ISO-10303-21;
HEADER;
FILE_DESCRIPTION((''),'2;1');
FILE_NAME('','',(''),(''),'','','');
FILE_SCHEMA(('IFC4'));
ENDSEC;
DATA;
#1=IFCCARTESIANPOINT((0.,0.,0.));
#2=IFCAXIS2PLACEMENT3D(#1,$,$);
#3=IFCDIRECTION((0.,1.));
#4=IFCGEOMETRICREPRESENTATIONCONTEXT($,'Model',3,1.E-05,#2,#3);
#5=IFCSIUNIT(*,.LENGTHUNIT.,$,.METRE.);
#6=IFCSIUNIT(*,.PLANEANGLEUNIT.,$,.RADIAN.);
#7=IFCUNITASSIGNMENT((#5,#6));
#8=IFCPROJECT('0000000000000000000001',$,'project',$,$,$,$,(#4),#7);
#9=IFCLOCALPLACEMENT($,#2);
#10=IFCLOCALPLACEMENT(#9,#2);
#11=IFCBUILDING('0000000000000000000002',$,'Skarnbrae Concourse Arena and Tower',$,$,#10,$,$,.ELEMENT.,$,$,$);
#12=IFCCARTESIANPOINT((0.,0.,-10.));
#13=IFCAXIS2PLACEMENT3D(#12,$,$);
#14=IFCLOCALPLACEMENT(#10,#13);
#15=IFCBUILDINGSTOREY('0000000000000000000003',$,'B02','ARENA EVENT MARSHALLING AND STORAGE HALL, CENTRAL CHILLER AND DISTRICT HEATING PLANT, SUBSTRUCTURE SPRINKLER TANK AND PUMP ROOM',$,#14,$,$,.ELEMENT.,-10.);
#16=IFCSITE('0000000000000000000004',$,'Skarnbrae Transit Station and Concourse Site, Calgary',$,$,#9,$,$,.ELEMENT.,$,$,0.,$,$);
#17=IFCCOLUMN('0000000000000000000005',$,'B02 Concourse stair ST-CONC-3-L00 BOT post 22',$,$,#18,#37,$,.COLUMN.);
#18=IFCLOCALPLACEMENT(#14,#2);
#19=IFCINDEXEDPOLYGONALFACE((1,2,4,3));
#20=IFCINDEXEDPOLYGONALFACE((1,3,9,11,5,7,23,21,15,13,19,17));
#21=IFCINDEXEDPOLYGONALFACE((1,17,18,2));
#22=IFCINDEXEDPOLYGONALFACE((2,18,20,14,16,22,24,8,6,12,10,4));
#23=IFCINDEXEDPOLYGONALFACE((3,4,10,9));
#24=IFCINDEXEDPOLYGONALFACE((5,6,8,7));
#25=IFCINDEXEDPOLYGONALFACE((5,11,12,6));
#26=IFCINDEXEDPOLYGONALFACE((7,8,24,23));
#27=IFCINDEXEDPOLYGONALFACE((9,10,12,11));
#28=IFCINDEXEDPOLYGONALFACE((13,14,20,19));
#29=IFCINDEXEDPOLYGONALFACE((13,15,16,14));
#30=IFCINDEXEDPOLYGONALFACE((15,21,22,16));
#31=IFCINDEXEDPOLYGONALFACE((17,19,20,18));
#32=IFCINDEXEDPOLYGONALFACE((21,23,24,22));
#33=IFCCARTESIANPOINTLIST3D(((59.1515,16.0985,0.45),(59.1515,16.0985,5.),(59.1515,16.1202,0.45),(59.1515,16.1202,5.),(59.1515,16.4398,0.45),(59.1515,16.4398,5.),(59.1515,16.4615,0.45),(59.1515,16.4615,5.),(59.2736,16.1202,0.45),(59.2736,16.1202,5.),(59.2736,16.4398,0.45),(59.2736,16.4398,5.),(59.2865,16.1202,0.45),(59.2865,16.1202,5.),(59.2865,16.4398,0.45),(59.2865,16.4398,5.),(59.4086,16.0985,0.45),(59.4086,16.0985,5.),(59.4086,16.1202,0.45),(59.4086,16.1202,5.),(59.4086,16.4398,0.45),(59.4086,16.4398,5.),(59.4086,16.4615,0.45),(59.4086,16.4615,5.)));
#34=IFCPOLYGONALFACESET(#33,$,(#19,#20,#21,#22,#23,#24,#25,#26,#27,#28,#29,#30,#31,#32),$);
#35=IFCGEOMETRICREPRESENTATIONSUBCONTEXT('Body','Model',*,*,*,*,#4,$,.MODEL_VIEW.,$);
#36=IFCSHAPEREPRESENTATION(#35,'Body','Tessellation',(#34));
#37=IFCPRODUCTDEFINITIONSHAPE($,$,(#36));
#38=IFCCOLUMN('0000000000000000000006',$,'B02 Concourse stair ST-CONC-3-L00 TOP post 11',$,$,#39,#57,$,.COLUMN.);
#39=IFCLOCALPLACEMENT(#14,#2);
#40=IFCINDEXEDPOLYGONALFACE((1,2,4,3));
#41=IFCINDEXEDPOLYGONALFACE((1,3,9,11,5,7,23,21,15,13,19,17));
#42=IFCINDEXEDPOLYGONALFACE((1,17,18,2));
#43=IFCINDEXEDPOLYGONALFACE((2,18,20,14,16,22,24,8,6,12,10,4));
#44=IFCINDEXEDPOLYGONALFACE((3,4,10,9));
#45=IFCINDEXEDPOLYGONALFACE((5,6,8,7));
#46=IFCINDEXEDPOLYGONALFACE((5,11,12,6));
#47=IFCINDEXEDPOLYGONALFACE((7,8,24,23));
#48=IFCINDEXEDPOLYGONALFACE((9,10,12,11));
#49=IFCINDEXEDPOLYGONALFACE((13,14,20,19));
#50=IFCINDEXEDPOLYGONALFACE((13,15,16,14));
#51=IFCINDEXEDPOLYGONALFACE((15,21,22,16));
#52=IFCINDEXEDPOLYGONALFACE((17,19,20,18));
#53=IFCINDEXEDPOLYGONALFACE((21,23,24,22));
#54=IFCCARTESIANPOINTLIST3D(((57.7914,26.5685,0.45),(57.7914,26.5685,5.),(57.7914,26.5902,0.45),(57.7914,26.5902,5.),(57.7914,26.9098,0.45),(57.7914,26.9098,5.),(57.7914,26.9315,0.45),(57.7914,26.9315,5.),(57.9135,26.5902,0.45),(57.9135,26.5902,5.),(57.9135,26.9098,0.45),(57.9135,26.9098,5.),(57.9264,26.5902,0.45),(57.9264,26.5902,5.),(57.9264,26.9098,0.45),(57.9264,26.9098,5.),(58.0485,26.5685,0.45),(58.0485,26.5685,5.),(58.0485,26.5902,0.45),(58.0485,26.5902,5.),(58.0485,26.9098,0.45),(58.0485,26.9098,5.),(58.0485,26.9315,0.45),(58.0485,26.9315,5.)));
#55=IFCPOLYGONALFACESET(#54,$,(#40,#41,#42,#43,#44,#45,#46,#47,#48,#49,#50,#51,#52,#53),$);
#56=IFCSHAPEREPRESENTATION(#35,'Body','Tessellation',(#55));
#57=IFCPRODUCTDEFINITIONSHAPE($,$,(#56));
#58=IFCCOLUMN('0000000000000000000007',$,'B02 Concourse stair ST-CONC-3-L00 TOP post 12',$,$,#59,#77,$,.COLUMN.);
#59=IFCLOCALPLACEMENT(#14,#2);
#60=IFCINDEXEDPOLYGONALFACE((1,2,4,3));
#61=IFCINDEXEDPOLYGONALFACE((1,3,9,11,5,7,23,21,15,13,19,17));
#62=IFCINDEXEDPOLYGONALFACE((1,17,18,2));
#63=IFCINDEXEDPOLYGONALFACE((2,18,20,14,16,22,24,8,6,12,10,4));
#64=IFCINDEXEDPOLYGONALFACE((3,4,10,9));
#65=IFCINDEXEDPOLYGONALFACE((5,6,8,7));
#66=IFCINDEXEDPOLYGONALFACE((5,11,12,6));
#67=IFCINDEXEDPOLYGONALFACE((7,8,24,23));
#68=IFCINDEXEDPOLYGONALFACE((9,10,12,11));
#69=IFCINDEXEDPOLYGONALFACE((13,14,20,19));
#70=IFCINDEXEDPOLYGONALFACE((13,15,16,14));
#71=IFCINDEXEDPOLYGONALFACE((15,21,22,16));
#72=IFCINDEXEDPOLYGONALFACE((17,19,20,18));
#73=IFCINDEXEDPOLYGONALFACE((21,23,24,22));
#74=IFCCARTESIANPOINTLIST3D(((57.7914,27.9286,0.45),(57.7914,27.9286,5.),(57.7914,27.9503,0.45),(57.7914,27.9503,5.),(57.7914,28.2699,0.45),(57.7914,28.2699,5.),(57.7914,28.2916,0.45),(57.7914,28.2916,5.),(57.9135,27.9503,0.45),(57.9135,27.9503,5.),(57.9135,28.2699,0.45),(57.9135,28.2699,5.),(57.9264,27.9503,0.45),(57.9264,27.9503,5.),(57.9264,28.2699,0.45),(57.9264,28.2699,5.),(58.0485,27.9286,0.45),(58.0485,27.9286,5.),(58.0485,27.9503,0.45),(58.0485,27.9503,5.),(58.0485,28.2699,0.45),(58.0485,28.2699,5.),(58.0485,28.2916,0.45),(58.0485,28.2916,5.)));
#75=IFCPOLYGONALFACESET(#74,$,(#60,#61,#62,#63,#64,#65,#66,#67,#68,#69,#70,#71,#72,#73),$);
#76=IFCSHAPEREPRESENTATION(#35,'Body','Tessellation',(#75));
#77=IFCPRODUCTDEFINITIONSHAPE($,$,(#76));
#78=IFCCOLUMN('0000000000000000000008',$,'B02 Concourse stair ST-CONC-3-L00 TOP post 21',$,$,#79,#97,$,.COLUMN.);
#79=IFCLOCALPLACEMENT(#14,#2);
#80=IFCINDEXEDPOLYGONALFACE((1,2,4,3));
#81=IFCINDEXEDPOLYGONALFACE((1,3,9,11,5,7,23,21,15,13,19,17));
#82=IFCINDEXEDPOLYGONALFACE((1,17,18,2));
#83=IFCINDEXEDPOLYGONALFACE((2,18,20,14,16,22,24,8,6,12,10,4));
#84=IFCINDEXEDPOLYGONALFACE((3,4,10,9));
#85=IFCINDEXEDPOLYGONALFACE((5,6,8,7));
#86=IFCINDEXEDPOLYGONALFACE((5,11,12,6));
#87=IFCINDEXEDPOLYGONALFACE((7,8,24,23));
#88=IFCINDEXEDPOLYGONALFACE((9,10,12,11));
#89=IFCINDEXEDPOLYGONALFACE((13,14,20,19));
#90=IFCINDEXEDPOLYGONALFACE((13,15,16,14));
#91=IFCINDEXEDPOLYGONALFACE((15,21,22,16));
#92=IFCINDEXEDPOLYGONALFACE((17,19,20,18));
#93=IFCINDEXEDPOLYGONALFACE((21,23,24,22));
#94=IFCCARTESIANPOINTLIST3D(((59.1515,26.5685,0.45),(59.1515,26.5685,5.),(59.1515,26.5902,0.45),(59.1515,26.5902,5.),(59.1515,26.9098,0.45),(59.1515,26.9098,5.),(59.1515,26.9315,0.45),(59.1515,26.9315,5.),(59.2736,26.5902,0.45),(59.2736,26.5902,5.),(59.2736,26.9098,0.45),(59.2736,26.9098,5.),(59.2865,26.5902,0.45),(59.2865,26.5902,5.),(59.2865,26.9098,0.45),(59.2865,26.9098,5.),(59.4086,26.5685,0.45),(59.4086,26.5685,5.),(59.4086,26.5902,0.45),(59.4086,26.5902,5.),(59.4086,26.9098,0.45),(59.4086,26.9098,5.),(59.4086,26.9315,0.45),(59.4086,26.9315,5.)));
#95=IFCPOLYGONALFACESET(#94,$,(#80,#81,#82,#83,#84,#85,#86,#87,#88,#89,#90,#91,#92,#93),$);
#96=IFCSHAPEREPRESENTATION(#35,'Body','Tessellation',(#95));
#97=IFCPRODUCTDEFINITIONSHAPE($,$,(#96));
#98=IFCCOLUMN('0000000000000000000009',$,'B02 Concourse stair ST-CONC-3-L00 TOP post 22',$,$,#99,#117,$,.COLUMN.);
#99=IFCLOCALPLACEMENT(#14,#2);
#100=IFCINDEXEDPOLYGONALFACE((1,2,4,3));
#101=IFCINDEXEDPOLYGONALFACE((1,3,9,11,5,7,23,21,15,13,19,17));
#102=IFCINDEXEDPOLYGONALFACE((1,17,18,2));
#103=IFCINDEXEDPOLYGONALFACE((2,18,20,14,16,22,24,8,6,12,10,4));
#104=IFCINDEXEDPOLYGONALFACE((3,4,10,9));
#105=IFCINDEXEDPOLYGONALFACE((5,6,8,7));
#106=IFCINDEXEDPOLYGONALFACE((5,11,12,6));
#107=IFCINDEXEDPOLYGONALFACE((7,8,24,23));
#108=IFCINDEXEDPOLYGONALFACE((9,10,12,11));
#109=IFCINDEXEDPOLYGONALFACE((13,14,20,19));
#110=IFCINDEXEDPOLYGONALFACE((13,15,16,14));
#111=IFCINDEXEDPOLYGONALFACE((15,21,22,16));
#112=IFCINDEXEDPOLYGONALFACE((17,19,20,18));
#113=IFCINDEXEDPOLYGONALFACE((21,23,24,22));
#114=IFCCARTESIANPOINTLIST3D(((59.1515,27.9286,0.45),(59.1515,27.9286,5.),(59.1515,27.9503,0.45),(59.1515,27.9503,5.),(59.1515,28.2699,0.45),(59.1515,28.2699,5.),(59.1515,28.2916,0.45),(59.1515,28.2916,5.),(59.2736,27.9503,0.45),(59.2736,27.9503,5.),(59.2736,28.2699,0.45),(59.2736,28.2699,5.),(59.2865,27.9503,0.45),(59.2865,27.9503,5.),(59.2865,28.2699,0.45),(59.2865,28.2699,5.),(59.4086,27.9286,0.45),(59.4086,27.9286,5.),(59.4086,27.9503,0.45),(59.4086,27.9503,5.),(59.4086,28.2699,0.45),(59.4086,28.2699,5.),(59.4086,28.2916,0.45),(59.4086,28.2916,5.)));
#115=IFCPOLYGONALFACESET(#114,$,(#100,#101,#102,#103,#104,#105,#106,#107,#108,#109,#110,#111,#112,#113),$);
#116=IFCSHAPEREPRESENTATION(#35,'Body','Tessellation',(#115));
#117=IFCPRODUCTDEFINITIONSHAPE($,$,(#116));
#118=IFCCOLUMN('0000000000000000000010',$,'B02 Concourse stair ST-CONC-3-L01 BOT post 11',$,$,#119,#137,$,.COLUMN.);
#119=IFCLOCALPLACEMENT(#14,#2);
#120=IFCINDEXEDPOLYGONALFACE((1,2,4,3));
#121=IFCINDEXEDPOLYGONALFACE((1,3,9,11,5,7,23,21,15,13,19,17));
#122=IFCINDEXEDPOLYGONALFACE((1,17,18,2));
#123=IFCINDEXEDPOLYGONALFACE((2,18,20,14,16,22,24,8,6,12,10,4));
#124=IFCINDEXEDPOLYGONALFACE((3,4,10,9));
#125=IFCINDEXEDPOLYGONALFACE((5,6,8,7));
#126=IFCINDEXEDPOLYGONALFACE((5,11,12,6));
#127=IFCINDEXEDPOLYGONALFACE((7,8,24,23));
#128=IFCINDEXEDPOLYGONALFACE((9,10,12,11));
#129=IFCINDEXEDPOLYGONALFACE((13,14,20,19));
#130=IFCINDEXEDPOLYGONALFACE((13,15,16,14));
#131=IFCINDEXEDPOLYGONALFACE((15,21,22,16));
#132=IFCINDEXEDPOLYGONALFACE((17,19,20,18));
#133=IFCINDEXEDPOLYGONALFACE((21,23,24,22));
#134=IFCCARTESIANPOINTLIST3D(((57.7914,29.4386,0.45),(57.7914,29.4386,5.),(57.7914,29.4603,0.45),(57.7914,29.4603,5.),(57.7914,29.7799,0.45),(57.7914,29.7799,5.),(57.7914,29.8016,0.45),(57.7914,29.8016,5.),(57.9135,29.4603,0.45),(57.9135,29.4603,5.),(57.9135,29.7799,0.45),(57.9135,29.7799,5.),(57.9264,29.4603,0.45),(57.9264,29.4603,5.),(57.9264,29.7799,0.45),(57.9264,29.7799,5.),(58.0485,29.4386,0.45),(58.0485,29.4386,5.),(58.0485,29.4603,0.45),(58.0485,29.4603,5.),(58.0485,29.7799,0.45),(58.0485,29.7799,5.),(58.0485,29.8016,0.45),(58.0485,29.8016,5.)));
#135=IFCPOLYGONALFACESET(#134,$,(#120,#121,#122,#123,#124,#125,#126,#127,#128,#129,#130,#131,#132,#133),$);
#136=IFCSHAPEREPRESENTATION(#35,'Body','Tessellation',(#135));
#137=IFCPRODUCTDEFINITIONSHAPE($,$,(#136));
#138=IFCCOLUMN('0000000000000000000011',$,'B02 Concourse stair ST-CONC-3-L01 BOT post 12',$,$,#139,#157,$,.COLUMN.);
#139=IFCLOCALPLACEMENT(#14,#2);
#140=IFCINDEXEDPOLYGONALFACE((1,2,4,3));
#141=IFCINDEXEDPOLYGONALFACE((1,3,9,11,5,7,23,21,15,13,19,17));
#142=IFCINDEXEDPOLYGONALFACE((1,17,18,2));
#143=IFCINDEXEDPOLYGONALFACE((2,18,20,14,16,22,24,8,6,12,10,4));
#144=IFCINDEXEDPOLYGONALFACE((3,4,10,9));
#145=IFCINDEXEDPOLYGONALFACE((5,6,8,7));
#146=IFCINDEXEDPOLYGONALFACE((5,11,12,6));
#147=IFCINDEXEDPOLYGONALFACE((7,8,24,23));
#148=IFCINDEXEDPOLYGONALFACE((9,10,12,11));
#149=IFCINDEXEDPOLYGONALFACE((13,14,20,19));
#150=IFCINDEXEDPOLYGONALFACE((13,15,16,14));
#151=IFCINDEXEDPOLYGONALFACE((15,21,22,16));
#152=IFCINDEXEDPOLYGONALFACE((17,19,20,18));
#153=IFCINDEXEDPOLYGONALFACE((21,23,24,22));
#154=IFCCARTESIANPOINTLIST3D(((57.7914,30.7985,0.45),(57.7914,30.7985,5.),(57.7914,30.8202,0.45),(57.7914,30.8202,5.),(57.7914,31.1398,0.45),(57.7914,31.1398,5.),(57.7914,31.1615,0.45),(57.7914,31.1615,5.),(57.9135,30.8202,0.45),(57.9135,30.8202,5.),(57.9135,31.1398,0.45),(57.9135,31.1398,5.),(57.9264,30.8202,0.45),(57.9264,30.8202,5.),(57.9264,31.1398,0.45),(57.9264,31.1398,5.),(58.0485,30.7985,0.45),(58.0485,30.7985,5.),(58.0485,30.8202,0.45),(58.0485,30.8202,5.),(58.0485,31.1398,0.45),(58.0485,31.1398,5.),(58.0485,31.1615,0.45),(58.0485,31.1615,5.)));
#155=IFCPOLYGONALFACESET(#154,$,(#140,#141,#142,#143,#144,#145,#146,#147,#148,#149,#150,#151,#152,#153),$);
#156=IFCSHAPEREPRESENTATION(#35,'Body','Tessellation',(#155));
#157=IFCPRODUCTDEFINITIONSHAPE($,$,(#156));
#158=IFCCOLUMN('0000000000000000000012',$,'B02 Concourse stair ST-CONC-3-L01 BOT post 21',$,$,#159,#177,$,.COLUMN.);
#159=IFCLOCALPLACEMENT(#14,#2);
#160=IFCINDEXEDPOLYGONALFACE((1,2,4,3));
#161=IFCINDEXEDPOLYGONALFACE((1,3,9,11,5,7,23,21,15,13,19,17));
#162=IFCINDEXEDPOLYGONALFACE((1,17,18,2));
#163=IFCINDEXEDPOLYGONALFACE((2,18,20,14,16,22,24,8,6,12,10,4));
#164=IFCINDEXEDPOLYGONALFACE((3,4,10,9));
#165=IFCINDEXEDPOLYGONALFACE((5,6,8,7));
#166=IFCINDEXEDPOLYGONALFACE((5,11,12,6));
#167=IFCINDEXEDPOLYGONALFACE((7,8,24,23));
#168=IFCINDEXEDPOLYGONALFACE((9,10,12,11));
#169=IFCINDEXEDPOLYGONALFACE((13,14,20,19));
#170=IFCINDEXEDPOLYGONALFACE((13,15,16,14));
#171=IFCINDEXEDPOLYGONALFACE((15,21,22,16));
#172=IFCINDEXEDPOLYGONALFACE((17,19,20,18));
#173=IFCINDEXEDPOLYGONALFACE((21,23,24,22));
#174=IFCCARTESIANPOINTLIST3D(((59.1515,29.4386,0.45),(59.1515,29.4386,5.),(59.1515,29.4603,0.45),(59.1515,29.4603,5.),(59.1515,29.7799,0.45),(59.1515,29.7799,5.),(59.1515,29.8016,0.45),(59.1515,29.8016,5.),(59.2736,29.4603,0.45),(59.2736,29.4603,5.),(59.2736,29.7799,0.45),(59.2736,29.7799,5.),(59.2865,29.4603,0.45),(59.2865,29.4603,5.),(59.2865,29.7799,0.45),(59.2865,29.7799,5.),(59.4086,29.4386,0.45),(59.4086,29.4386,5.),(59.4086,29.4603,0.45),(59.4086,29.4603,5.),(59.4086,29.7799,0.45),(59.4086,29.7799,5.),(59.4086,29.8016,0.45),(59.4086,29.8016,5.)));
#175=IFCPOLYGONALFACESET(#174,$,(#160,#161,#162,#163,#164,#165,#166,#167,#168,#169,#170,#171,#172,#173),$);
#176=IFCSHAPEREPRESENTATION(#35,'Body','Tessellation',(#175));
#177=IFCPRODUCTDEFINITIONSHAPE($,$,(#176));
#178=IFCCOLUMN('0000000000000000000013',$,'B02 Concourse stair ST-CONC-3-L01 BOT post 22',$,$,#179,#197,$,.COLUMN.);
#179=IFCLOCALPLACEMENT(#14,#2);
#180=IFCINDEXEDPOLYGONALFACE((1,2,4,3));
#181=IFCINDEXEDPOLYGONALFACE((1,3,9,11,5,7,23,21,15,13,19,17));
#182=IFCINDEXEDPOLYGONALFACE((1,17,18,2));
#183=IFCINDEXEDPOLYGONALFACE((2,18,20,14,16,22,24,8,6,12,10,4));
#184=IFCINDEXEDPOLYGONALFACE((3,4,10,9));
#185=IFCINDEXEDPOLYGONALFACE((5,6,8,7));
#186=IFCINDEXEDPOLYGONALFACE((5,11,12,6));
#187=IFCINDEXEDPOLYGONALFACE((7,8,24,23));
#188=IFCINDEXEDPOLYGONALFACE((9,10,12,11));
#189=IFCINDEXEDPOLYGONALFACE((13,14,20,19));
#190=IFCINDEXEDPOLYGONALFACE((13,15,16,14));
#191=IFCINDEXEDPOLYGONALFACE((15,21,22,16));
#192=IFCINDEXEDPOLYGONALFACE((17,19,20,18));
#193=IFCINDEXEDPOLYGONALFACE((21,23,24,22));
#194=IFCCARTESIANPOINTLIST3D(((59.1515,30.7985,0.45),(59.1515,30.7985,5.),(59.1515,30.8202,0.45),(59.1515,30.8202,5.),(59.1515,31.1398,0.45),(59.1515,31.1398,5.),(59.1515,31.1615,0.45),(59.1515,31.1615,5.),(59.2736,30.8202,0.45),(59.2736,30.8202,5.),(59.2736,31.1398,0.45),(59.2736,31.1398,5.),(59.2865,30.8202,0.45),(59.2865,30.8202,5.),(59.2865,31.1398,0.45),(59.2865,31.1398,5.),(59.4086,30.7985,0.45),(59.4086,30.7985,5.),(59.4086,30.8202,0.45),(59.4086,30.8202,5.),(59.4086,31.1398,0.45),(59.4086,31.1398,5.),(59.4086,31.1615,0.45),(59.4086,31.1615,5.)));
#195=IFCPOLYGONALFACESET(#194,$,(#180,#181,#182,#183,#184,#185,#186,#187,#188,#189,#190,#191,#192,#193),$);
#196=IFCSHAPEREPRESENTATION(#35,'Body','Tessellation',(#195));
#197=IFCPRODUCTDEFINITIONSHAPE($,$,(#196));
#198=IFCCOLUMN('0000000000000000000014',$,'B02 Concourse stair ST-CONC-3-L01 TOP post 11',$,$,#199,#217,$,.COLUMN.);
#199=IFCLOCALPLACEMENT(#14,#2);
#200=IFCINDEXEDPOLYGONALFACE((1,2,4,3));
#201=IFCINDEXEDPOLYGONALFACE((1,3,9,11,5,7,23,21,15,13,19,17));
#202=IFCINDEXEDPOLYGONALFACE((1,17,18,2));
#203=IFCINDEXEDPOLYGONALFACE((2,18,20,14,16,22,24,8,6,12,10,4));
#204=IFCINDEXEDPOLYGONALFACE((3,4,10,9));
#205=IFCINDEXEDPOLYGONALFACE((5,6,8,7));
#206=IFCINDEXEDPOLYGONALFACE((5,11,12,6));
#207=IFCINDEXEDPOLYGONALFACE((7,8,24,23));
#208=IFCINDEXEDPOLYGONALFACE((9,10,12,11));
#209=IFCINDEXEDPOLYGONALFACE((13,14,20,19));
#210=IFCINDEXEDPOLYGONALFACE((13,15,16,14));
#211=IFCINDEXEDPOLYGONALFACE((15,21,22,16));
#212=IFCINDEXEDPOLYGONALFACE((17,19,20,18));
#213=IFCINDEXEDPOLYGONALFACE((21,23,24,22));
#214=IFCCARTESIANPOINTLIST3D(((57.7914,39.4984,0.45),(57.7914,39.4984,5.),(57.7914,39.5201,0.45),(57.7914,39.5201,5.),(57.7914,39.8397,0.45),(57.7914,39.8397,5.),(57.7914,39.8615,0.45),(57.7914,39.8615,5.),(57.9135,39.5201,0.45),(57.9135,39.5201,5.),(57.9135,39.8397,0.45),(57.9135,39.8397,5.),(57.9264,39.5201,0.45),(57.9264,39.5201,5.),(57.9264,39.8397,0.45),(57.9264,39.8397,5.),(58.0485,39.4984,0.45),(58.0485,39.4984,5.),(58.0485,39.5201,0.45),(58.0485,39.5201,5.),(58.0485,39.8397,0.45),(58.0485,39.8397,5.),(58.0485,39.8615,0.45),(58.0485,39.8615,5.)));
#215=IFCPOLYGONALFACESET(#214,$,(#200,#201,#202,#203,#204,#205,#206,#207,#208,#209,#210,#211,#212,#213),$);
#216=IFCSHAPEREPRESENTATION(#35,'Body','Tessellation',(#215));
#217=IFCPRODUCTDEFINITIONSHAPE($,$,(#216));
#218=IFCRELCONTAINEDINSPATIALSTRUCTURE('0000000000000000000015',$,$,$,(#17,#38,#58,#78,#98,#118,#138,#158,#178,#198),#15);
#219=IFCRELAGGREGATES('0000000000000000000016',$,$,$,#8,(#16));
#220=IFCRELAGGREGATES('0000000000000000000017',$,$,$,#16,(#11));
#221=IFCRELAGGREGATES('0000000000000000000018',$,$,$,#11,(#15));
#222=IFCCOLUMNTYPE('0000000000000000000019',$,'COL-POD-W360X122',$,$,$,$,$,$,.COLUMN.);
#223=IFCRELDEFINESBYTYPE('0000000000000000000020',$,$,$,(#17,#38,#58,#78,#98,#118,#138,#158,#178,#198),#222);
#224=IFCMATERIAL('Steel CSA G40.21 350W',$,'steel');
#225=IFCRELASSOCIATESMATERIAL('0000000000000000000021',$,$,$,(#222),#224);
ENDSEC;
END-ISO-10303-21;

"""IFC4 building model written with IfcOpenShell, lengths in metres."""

from ifc_helpers import new_model, si_unit, direction, frame, origin, origin_2d, place, context, subcontext, project, spatial, i_section, extrude, source, transform, mapped, material, material_profile, profile_set, type_object, element, save


model = new_model("IFC4")

# Units and contexts
model_context = context("Model", 3, precision=1e-05, world=origin(), true_north=direction((0.0, 1.0)))
body_context = subcontext(model_context, "Body", "Model", "MODEL_VIEW")
ifc_project = project(units=[si_unit("LENGTHUNIT", "METRE"), si_unit("PLANEANGLEUNIT", "RADIAN")], contexts=[model_context])

# Site, building, storey
site_placement = place(None, origin())
site = spatial("IfcSite", under=ifc_project, at=site_placement, Name="Skarnbrae Transit Station and Concourse Site, Calgary", CompositionType="ELEMENT", RefElevation=0.0)
building_placement = place(site_placement, origin())
building = spatial("IfcBuilding", under=site, at=building_placement, Name="Skarnbrae Concourse Arena and Tower", CompositionType="ELEMENT")
storey_placement = place(building_placement, frame((0.0, 0.0, -10.0)))
storey = spatial("IfcBuildingStorey", under=building, at=storey_placement, Name="B02", Description="ARENA EVENT MARSHALLING AND STORAGE HALL, CENTRAL CHILLER AND DISTRICT HEATING PLANT, SUBSTRUCTURE SPRINKLER TANK AND PUMP ROOM", CompositionType="ELEMENT", Elevation=-10.0)

# Columns
ifc_material_1 = material(Name="Steel CSA G40.21 350W", Category="steel")
ifc_material_profile_1 = material_profile(ifc_material_1, i_section(OverallWidth=0.2571, OverallDepth=0.363, WebThickness=0.0129, FlangeThickness=0.0217, at=origin_2d()), Name="W360X122")
ifc_profile_set_1 = profile_set([ifc_material_profile_1], Name="Steel CSA G40.21 350W")
column_type_1 = type_object("IfcColumnType", Name="COL-POD-W360X122", PredefinedType="COLUMN", material=ifc_profile_set_1)
shared_shape_1 = source(origin(), body_context, "Body", "SweptSolid", [
    extrude(i_section(OverallWidth=0.2571, OverallDepth=0.363, WebThickness=0.0129, FlangeThickness=0.0217, at=origin_2d()), origin(), (0.0, 0.0, 1.0), 4.55),
])
for number, where, z_axis, x_axis, name in (
    (1, (59.28, 16.28, 0.45), (0.0, 0.0, 1.0), (1.0, 0.0, 0.0), "B02 Concourse stair ST-CONC-3-L00 BOT post 22"),
    (2, (57.9199, 26.75, 0.45), (0.0, 0.0, 1.0), (1.0, 0.0, 0.0), "B02 Concourse stair ST-CONC-3-L00 TOP post 11"),
    (3, (57.9199, 28.1101, 0.45), (0.0, 0.0, 1.0), (1.0, 0.0, 0.0), "B02 Concourse stair ST-CONC-3-L00 TOP post 12"),
    (4, (59.28, 26.75, 0.45), (0.0, 0.0, 1.0), (1.0, 0.0, 0.0), "B02 Concourse stair ST-CONC-3-L00 TOP post 21"),
    (5, (59.28, 28.1101, 0.45), (0.0, 0.0, 1.0), (1.0, 0.0, 0.0), "B02 Concourse stair ST-CONC-3-L00 TOP post 22"),
    (6, (57.9199, 29.6201, 0.45), (0.0, 0.0, 1.0), (1.0, 0.0, 0.0), "B02 Concourse stair ST-CONC-3-L01 BOT post 11"),
    (7, (57.9199, 30.98, 0.45), (0.0, 0.0, 1.0), (1.0, 0.0, 0.0), "B02 Concourse stair ST-CONC-3-L01 BOT post 12"),
    (8, (59.28, 29.6201, 0.45), (0.0, 0.0, 1.0), (1.0, 0.0, 0.0), "B02 Concourse stair ST-CONC-3-L01 BOT post 21"),
    (9, (59.28, 30.98, 0.45), (0.0, 0.0, 1.0), (1.0, 0.0, 0.0), "B02 Concourse stair ST-CONC-3-L01 BOT post 22"),
    (10, (57.9199, 39.6799, 0.45), (0.0, 0.0, 1.0), (1.0, 0.0, 0.0), "B02 Concourse stair ST-CONC-3-L01 TOP post 11"),
):
    element("IfcColumn", number, at=place(storey_placement, frame(where, z_axis=z_axis, x_axis=x_axis)), inside=storey, type_object=column_type_1, Name=name, PredefinedType="COLUMN", context=body_context, shape_type="MappedRepresentation", body=[
        mapped(shared_shape_1, transform((0.0, 0.0, 0.0))),
    ])

save(model, "model.ifc")
